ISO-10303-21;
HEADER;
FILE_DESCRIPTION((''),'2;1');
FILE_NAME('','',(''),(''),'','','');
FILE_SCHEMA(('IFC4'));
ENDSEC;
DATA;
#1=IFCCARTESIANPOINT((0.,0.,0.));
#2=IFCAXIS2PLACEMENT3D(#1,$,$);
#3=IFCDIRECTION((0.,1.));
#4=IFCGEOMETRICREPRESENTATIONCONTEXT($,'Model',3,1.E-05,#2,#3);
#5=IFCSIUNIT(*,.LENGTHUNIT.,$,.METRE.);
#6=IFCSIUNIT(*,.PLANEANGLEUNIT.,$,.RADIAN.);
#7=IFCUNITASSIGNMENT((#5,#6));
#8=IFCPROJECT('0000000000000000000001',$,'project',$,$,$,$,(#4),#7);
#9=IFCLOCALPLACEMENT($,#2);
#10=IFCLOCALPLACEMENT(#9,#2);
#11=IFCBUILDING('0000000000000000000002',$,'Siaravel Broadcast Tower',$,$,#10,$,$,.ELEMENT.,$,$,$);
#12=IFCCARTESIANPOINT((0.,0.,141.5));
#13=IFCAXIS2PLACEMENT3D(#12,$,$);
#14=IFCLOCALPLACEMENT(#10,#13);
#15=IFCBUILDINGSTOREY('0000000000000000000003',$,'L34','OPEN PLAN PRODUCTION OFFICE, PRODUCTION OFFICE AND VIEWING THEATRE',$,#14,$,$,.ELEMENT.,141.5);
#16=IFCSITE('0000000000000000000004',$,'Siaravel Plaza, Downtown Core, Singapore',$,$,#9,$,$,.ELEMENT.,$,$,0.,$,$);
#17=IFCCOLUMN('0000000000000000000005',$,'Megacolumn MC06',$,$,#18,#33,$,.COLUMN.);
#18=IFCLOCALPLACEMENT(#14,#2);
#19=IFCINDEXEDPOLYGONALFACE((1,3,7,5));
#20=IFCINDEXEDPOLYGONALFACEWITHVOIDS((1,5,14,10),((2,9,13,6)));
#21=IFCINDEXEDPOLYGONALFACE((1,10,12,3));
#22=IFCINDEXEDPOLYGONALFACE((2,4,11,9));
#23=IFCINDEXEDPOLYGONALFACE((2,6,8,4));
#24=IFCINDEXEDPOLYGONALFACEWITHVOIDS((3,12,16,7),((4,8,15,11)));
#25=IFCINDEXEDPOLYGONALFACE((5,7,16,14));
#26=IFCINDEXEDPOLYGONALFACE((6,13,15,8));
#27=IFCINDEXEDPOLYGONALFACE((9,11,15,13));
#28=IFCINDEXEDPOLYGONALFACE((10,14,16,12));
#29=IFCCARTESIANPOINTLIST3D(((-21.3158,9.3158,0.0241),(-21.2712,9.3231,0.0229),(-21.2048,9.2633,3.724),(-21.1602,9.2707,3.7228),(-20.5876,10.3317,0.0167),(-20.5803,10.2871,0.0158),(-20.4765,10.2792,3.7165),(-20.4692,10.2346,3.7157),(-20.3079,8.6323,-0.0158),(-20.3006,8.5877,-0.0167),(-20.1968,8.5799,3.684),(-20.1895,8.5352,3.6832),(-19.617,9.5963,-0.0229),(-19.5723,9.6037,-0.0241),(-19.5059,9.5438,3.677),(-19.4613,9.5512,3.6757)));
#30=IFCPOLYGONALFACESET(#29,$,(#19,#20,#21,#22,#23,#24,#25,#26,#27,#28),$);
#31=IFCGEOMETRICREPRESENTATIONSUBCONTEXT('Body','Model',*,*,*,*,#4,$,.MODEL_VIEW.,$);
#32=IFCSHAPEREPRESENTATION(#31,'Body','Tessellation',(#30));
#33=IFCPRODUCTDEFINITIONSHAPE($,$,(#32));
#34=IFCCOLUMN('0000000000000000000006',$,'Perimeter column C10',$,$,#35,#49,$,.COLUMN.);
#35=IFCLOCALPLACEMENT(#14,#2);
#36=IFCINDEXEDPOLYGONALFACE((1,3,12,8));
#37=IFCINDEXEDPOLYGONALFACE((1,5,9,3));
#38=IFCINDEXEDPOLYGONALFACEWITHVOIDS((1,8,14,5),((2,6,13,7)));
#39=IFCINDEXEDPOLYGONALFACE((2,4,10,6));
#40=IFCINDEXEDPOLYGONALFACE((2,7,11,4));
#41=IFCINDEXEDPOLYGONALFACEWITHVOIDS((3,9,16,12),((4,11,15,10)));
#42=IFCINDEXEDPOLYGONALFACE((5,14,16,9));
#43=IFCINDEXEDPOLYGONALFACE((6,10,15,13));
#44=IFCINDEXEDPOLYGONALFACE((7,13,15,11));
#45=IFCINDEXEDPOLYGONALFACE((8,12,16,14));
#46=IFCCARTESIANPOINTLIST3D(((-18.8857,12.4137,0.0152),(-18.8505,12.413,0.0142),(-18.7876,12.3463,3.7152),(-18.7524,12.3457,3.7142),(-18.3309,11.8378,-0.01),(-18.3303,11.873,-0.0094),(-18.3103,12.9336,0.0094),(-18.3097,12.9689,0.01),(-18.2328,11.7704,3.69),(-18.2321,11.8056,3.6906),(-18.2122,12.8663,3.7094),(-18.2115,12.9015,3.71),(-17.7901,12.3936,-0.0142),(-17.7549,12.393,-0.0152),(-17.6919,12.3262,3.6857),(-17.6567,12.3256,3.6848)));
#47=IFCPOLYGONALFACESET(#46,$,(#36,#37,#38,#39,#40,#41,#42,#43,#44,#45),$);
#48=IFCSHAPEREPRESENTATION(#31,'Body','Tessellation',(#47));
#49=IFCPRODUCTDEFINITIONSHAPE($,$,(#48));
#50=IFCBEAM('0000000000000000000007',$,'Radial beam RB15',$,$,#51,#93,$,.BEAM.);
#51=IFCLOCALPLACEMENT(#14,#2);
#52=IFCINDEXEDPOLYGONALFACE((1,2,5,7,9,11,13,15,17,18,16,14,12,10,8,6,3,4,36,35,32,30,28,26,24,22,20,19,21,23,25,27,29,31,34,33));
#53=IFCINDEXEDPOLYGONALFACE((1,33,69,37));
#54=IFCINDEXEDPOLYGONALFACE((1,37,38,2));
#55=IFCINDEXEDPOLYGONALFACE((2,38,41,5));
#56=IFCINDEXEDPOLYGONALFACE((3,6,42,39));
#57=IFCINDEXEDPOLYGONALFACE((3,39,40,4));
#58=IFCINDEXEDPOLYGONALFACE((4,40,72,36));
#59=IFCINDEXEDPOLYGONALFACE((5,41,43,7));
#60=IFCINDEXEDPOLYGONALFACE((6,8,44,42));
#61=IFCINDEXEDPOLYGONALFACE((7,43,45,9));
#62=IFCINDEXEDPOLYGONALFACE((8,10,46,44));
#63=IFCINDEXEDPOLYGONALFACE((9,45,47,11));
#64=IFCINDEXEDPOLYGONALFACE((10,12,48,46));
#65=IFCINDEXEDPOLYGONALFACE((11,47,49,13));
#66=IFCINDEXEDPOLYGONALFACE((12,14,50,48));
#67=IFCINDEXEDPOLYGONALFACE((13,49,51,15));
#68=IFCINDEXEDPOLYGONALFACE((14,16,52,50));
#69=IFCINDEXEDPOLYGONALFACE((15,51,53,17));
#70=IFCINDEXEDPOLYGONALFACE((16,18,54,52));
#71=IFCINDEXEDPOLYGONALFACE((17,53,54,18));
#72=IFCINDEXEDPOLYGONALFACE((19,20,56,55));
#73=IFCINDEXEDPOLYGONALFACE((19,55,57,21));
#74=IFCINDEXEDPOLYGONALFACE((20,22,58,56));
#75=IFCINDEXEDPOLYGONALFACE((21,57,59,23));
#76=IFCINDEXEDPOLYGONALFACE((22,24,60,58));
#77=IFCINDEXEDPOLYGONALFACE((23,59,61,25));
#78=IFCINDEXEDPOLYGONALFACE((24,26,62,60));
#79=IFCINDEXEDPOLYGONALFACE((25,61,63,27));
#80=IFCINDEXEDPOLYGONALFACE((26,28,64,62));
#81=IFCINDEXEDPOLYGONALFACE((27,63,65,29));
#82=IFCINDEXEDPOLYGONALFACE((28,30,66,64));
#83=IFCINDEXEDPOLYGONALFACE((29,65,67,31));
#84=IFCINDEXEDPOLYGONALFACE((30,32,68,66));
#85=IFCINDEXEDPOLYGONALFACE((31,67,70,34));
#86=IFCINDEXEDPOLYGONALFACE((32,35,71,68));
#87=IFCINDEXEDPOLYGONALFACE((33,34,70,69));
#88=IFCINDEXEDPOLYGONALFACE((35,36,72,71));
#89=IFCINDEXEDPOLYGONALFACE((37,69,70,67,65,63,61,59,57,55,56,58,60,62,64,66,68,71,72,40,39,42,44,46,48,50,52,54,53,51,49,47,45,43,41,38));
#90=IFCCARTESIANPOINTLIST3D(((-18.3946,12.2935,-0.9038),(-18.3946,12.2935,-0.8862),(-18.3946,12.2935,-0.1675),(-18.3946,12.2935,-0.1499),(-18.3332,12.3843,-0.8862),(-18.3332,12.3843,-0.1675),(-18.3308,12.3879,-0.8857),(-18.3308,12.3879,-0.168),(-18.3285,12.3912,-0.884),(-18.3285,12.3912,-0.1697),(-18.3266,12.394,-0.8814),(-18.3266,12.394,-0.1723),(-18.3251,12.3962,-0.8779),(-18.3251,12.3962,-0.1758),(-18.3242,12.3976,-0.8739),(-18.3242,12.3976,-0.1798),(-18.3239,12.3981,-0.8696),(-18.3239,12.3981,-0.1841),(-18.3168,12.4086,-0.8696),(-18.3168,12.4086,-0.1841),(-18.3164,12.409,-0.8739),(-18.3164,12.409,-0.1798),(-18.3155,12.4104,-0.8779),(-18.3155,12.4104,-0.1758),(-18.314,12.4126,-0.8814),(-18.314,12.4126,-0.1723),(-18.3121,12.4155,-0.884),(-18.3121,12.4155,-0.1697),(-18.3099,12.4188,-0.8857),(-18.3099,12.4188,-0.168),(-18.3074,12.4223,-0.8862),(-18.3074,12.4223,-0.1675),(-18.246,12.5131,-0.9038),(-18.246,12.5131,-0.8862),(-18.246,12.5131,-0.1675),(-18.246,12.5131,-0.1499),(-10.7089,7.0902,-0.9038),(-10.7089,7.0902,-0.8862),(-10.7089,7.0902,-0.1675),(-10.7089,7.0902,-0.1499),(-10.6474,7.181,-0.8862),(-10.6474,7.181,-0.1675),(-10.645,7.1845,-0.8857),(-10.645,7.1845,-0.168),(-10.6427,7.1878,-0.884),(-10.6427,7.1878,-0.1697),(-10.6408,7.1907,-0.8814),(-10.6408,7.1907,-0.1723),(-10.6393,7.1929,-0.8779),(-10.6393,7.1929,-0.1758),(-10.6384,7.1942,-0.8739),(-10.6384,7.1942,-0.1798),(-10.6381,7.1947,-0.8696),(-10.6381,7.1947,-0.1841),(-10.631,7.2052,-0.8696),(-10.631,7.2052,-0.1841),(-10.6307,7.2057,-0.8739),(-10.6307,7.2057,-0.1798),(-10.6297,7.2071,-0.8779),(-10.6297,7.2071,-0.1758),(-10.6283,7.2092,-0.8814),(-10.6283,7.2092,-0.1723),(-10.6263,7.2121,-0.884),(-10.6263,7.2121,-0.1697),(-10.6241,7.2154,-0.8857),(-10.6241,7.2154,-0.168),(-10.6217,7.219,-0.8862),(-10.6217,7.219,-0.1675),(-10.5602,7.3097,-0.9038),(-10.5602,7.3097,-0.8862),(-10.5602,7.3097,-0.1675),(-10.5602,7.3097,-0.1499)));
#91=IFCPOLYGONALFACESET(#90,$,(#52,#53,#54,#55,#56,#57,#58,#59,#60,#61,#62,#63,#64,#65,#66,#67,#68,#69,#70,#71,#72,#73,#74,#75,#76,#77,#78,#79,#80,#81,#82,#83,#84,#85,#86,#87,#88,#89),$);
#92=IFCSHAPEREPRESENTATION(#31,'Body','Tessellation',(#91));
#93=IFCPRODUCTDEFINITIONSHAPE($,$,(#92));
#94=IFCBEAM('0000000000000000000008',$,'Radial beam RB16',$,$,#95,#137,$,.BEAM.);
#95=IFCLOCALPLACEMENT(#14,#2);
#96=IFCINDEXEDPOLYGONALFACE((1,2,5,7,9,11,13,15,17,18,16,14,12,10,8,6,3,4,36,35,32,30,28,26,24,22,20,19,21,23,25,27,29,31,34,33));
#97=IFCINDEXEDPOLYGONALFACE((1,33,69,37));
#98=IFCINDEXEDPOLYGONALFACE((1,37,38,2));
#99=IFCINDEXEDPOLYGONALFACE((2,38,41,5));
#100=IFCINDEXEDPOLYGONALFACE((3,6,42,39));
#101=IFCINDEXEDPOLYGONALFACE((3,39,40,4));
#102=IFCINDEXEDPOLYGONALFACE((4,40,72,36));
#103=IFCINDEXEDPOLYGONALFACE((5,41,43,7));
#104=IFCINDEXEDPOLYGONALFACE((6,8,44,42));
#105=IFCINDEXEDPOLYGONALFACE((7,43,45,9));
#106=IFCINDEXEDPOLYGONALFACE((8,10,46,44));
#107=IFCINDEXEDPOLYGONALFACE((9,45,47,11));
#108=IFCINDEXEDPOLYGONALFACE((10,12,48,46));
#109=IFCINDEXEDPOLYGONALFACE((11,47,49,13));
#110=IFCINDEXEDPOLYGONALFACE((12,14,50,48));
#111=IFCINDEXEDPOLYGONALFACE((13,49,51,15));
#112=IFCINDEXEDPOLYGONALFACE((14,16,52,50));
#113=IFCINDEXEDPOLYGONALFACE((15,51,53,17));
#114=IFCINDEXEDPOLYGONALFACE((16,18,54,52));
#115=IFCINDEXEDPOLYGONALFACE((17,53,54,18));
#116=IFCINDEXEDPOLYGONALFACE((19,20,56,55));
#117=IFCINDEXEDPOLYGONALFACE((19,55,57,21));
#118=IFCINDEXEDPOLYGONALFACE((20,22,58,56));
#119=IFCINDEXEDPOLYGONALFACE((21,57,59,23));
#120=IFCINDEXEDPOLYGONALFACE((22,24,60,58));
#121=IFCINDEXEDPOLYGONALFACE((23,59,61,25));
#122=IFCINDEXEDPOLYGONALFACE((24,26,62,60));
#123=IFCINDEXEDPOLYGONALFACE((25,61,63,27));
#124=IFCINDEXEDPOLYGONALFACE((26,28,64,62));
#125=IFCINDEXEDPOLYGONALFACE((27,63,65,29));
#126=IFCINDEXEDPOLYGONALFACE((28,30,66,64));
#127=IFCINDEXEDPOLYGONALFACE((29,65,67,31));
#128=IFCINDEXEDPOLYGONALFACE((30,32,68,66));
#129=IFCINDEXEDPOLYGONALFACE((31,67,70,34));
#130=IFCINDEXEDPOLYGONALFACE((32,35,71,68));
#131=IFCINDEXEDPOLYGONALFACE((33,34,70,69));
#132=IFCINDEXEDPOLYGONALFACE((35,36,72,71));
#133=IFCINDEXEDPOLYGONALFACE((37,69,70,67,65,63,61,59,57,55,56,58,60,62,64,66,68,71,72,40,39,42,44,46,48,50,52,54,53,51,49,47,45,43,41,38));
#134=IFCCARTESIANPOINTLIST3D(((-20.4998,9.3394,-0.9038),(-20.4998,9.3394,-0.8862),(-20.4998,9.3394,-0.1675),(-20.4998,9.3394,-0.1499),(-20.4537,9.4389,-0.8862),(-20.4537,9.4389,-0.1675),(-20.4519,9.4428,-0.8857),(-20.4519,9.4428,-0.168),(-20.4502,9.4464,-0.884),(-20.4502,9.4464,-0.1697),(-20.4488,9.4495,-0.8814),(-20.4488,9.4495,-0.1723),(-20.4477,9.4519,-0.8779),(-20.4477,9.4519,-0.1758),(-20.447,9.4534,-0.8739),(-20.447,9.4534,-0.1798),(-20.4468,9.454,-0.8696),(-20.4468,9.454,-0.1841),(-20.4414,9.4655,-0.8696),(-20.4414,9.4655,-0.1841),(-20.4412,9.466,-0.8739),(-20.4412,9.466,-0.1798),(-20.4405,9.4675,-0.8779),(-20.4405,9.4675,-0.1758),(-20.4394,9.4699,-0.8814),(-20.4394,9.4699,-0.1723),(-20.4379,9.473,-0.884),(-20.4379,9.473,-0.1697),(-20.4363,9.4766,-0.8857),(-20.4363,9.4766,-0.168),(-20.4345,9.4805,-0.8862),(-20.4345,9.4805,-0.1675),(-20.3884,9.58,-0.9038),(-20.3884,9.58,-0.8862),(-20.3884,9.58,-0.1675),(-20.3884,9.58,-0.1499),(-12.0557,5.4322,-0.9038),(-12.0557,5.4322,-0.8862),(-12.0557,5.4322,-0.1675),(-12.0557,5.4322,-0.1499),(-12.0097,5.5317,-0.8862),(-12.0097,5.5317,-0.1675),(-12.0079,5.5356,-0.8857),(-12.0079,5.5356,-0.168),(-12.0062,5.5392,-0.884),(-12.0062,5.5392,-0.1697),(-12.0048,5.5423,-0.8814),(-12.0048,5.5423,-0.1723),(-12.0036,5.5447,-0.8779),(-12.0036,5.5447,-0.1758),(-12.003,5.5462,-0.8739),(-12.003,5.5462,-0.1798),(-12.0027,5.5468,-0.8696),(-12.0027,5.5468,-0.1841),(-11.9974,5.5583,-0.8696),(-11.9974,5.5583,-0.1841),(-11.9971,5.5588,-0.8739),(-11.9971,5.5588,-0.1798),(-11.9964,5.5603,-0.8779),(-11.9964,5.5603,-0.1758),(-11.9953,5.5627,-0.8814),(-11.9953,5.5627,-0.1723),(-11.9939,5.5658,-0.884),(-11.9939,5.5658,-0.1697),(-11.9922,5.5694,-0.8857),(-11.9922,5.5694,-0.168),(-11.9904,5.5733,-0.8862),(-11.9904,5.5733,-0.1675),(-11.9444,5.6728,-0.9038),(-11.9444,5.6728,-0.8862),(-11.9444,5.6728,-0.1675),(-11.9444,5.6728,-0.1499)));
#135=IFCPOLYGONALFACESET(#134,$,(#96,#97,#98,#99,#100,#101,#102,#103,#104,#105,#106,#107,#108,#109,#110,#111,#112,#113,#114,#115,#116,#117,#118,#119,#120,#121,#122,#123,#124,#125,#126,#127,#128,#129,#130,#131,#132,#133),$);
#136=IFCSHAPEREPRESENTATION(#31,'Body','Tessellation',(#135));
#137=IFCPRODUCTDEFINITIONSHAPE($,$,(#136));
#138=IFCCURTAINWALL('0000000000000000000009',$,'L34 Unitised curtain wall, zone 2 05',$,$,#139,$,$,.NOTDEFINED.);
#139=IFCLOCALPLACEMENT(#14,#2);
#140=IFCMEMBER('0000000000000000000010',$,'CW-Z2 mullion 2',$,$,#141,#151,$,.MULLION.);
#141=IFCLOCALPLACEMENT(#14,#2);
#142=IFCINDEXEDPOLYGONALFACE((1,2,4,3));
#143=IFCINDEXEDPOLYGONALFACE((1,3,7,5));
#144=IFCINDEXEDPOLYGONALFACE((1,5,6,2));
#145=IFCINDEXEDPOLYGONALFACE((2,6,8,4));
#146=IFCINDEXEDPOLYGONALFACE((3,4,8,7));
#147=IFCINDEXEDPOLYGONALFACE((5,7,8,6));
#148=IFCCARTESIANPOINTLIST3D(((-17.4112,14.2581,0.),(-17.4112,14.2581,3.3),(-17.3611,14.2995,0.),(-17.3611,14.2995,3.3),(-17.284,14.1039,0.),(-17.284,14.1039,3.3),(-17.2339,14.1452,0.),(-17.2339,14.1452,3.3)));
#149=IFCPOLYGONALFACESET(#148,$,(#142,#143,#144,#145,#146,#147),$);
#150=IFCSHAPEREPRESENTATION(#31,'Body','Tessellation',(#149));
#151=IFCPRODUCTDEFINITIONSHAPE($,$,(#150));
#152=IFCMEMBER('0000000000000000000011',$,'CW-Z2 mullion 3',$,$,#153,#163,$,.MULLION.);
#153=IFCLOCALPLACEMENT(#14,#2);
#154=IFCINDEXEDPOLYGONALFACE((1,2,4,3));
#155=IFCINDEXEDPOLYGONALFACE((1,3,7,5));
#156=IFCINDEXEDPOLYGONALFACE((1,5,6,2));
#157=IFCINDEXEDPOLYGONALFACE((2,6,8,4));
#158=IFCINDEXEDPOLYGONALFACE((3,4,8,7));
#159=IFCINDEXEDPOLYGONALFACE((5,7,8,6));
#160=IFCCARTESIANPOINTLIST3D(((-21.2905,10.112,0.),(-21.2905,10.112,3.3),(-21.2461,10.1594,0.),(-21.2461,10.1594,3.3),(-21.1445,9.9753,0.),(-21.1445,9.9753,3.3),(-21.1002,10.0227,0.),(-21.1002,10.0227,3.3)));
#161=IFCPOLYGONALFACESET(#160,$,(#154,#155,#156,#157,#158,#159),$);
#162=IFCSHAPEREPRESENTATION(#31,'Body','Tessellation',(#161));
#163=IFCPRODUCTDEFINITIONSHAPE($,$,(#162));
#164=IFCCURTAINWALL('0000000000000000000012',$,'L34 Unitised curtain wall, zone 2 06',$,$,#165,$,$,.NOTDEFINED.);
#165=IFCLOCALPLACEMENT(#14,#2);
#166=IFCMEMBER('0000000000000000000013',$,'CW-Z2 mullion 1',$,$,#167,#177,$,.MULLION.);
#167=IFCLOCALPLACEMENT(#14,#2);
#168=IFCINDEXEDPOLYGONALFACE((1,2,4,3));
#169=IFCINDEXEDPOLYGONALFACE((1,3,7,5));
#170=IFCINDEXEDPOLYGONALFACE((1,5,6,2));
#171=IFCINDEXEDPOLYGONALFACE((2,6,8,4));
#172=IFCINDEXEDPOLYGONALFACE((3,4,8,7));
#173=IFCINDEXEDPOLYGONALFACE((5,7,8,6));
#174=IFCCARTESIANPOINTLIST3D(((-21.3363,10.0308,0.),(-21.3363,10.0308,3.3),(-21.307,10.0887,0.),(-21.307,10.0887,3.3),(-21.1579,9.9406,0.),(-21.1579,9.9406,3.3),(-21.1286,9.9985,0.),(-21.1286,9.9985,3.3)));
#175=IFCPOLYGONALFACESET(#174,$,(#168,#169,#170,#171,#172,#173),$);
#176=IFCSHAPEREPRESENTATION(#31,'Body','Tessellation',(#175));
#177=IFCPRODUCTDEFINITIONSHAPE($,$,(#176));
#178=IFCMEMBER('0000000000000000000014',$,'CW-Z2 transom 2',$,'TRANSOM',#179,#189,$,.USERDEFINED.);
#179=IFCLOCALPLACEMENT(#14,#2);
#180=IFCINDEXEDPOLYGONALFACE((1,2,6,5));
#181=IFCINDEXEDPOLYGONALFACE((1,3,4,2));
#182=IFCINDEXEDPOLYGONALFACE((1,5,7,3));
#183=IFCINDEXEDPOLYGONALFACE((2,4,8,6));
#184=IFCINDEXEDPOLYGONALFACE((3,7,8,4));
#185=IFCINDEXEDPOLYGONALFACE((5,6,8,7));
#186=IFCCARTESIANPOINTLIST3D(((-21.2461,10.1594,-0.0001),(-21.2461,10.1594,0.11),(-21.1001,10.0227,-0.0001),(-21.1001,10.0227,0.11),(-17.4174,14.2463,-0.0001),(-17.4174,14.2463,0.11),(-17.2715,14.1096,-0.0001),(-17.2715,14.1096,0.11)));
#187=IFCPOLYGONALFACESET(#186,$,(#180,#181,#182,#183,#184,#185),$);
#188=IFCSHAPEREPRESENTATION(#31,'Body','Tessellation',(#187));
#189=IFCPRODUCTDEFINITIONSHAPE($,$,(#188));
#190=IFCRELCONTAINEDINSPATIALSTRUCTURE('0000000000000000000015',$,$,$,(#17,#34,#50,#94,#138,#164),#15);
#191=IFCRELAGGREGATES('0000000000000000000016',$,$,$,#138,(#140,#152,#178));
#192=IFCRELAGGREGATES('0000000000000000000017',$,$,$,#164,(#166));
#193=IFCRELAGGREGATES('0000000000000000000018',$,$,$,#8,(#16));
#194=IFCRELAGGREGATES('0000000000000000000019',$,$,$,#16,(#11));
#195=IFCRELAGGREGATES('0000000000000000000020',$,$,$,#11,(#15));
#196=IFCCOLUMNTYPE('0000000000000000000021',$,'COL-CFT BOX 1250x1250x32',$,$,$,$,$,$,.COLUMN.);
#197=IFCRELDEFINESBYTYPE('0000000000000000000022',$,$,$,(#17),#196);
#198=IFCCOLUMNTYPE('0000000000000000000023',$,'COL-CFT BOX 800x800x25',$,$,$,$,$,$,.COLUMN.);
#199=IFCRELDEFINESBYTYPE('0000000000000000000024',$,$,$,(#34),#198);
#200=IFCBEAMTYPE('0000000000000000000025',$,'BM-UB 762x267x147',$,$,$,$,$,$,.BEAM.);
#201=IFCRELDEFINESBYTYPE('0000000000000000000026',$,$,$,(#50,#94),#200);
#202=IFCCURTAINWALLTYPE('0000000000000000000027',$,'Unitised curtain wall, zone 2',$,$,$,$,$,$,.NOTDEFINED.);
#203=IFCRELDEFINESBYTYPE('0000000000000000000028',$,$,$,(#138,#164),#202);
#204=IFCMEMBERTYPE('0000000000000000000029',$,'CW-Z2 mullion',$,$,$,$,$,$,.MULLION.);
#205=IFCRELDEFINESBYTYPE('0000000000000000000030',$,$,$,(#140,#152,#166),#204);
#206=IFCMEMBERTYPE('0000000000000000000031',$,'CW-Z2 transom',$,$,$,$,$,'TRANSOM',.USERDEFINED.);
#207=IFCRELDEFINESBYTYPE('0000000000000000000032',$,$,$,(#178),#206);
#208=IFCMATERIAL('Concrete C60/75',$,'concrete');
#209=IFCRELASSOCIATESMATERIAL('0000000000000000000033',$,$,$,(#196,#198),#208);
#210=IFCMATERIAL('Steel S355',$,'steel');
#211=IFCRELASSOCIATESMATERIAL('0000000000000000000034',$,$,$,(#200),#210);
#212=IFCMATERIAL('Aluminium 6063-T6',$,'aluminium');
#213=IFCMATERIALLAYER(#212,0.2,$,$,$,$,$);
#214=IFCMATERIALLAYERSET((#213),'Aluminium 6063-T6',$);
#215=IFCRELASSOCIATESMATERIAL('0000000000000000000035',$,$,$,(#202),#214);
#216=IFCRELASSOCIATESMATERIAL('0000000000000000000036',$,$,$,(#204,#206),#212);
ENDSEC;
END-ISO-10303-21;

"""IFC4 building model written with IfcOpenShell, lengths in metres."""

from ifc_helpers import new_model, si_unit, direction, frame, origin, origin_2d, place, context, subcontext, project, spatial, rectangle, hollow_rectangle, i_section, extrude, material, layer, layer_set, material_profile, profile_set, type_object, element, aggregate, save


model = new_model("IFC4")

# Units and contexts
model_context = context("Model", 3, precision=1e-05, world=origin(), true_north=direction((0.0, 1.0)))
body_context = subcontext(model_context, "Body", "Model", "MODEL_VIEW")
ifc_project = project(units=[si_unit("LENGTHUNIT", "METRE"), si_unit("PLANEANGLEUNIT", "RADIAN")], contexts=[model_context])

# Site, building, storey
site_placement = place(None, origin())
site = spatial("IfcSite", under=ifc_project, at=site_placement, Name="Siaravel Plaza, Downtown Core, Singapore", CompositionType="ELEMENT", RefElevation=0.0)
building_placement = place(site_placement, origin())
building = spatial("IfcBuilding", under=site, at=building_placement, Name="Siaravel Broadcast Tower", CompositionType="ELEMENT")
storey_placement = place(building_placement, frame((0.0, 0.0, 141.5)))
storey = spatial("IfcBuildingStorey", under=building, at=storey_placement, Name="L34", Description="OPEN PLAN PRODUCTION OFFICE, PRODUCTION OFFICE AND VIEWING THEATRE", CompositionType="ELEMENT", Elevation=141.5)

# Columns
ifc_material_1 = material(Name="Concrete C60/75", Category="concrete")
ifc_material_profile_1 = material_profile(ifc_material_1, hollow_rectangle(XDim=1.25, YDim=1.25, WallThickness=0.032, at=origin_2d()))
ifc_profile_set_1 = profile_set([ifc_material_profile_1], Name="Concrete C60/75")
column_type_1 = type_object("IfcColumnType", Name="COL-CFT BOX 1250x1250x32", PredefinedType="COLUMN", material=ifc_profile_set_1)
column_1_placement = place(storey_placement, frame((-20.4441, 9.4597, 0.0), z_axis=(0.030007, -0.014179, 0.999449), x_axis=(0.582587, 0.812746, -0.005961)))
element("IfcColumn", 1, at=column_1_placement, inside=storey, type_object=column_type_1, Name="Megacolumn MC06", PredefinedType="COLUMN", context=body_context, shape_type="SweptSolid", body=[
    extrude(hollow_rectangle(XDim=1.25, YDim=1.25, WallThickness=0.032, at=origin_2d()), origin(), (0.0, 0.0, 1.0), 3.7019),
])
ifc_material_profile_2 = material_profile(ifc_material_1, hollow_rectangle(XDim=0.8, YDim=0.8, WallThickness=0.0249, at=origin_2d()))
ifc_profile_set_2 = profile_set([ifc_material_profile_2], Name="Concrete C60/75")
column_type_2 = type_object("IfcColumnType", Name="COL-CFT BOX 800x800x25", PredefinedType="COLUMN", material=ifc_profile_set_2)
column_2_placement = place(storey_placement, frame((-18.3203, 12.4033, 0.0), z_axis=(0.026512, -0.018202, 0.999483), x_axis=(0.72002, 0.693923, -0.006462)))
element("IfcColumn", 2, at=column_2_placement, inside=storey, type_object=column_type_2, Name="Perimeter column C10", PredefinedType="COLUMN", context=body_context, shape_type="SweptSolid", body=[
    extrude(hollow_rectangle(XDim=0.8, YDim=0.8, WallThickness=0.0249, at=origin_2d()), origin(), (0.0, 0.0, 1.0), 3.7019),
])

# Beams
ifc_material_2 = material(Name="Steel S355", Category="steel")
ifc_material_profile_3 = material_profile(ifc_material_2, i_section(OverallWidth=0.2651, OverallDepth=0.7539, WebThickness=0.0127, FlangeThickness=0.0176, FilletRadius=0.0166, at=origin_2d()))
ifc_profile_set_3 = profile_set([ifc_material_profile_3], Name="Steel S355")
beam_type = type_object("IfcBeamType", Name="BM-UB 762x267x147", PredefinedType="BEAM", material=ifc_profile_set_3)
beam_1_placement = place(storey_placement, frame((-18.3203, 12.4033, -0.5269), z_axis=(0.828075, -0.560617, 0.0), x_axis=(0.560617, 0.828075, 0.0)))
element("IfcBeam", 3, at=beam_1_placement, inside=storey, type_object=beam_type, Name="Radial beam RB15", PredefinedType="BEAM", context=body_context, shape_type="SweptSolid", body=[
    extrude(i_section(OverallWidth=0.2651, OverallDepth=0.7539, WebThickness=0.0127, FlangeThickness=0.0176, FilletRadius=0.0166, at=origin_2d()), origin(), (0.0, 0.0, 1.0), 9.2815),
])
beam_2_placement = place(storey_placement, frame((-20.4441, 9.4597, -0.5269), z_axis=(0.907552, -0.41994, 0.0), x_axis=(0.41994, 0.907552, 0.0)))
element("IfcBeam", 4, at=beam_2_placement, inside=storey, type_object=beam_type, Name="Radial beam RB16", PredefinedType="BEAM", context=body_context, shape_type="SweptSolid", body=[
    extrude(i_section(OverallWidth=0.2651, OverallDepth=0.7539, WebThickness=0.0127, FlangeThickness=0.0176, FilletRadius=0.0166, at=origin_2d()), origin(), (0.0, 0.0, 1.0), 9.3042),
])

# Curtain wall, members
ifc_material_3 = material(Name="Aluminium 6063-T6", Category="aluminium")
ifc_layer_1 = layer(ifc_material_3, 0.2)
ifc_layer_set_1 = layer_set([ifc_layer_1], Name="Aluminium 6063-T6")
curtain_wall_type = type_object("IfcCurtainWallType", Name="Unitised curtain wall, zone 2", PredefinedType="NOTDEFINED", material=ifc_layer_set_1)
curtain_wall_1_placement = place(storey_placement, origin())
curtain_wall_1 = element("IfcCurtainWall", 5, at=curtain_wall_1_placement, inside=storey, type_object=curtain_wall_type, Name="L34 Unitised curtain wall, zone 2 05", PredefinedType="NOTDEFINED")
ifc_material_profile_4 = material_profile(ifc_material_3, rectangle(XDim=0.2, YDim=0.0649, at=origin_2d()))
ifc_profile_set_4 = profile_set([ifc_material_profile_4], Name="Aluminium 6063-T6")
member_type_1 = type_object("IfcMemberType", Name="CW-Z2 mullion", PredefinedType="MULLION", material=ifc_profile_set_4)
member_1_placement = place(storey_placement, frame((-17.3225, 14.2017, 0.0), z_axis=(0.0, 0.0, 1.0), x_axis=(0.636219, -0.771508, 0.0)))
member_1 = element("IfcMember", 6, at=member_1_placement, type_object=member_type_1, Name="CW-Z2 mullion 2", PredefinedType="MULLION", context=body_context, shape_type="SweptSolid", body=[
    extrude(rectangle(XDim=0.2, YDim=0.0649, at=origin_2d()), origin(), (0.0, 0.0, 1.0), 3.3),
])
member_2_placement = place(storey_placement, frame((-21.1953, 10.0674, 0.0), z_axis=(0.0, 0.0, 1.0), x_axis=(0.729806, -0.683655, 0.0)))
member_2 = element("IfcMember", 7, at=member_2_placement, type_object=member_type_1, Name="CW-Z2 mullion 3", PredefinedType="MULLION", context=body_context, shape_type="SweptSolid", body=[
    extrude(rectangle(XDim=0.2, YDim=0.0649, at=origin_2d()), origin(), (0.0, 0.0, 1.0), 3.3),
])

# Curtain wall, member
curtain_wall_2_placement = place(storey_placement, origin())
curtain_wall_2 = element("IfcCurtainWall", 8, at=curtain_wall_2_placement, inside=storey, type_object=curtain_wall_type, Name="L34 Unitised curtain wall, zone 2 06", PredefinedType="NOTDEFINED")
member_3_placement = place(storey_placement, frame((-21.2324, 10.0146, 0.0), z_axis=(0.0, 0.0, 1.0), x_axis=(0.892392, -0.45126, 0.0)))
member_3 = element("IfcMember", 9, at=member_3_placement, type_object=member_type_1, Name="CW-Z2 mullion 1", PredefinedType="MULLION", context=body_context, shape_type="SweptSolid", body=[
    extrude(rectangle(XDim=0.2, YDim=0.0649, at=origin_2d()), origin(), (0.0, 0.0, 1.0), 3.3),
])

# Member
ifc_material_profile_5 = material_profile(ifc_material_3, rectangle(XDim=0.2, YDim=0.1101, at=origin_2d()))
ifc_profile_set_5 = profile_set([ifc_material_profile_5], Name="Aluminium 6063-T6")
member_type_2 = type_object("IfcMemberType", Name="CW-Z2 transom", ElementType="TRANSOM", PredefinedType="USERDEFINED", material=ifc_profile_set_5)
member_4_placement = place(storey_placement, frame((-17.3445, 14.178, 0.0549), z_axis=(-0.683668, -0.729793, 0.0), x_axis=(0.729793, -0.683668, 0.0)))
member_4 = element("IfcMember", 10, at=member_4_placement, type_object=member_type_2, Name="CW-Z2 transom 2", ObjectType="TRANSOM", PredefinedType="USERDEFINED", context=body_context, shape_type="SweptSolid", body=[
    extrude(rectangle(XDim=0.2, YDim=0.1101, at=origin_2d()), origin(), (0.0, 0.0, 1.0), 5.6001),
])

aggregate(curtain_wall_1, [member_1, member_2, member_4])
aggregate(curtain_wall_2, [member_3])

save(model, "model.ifc")
